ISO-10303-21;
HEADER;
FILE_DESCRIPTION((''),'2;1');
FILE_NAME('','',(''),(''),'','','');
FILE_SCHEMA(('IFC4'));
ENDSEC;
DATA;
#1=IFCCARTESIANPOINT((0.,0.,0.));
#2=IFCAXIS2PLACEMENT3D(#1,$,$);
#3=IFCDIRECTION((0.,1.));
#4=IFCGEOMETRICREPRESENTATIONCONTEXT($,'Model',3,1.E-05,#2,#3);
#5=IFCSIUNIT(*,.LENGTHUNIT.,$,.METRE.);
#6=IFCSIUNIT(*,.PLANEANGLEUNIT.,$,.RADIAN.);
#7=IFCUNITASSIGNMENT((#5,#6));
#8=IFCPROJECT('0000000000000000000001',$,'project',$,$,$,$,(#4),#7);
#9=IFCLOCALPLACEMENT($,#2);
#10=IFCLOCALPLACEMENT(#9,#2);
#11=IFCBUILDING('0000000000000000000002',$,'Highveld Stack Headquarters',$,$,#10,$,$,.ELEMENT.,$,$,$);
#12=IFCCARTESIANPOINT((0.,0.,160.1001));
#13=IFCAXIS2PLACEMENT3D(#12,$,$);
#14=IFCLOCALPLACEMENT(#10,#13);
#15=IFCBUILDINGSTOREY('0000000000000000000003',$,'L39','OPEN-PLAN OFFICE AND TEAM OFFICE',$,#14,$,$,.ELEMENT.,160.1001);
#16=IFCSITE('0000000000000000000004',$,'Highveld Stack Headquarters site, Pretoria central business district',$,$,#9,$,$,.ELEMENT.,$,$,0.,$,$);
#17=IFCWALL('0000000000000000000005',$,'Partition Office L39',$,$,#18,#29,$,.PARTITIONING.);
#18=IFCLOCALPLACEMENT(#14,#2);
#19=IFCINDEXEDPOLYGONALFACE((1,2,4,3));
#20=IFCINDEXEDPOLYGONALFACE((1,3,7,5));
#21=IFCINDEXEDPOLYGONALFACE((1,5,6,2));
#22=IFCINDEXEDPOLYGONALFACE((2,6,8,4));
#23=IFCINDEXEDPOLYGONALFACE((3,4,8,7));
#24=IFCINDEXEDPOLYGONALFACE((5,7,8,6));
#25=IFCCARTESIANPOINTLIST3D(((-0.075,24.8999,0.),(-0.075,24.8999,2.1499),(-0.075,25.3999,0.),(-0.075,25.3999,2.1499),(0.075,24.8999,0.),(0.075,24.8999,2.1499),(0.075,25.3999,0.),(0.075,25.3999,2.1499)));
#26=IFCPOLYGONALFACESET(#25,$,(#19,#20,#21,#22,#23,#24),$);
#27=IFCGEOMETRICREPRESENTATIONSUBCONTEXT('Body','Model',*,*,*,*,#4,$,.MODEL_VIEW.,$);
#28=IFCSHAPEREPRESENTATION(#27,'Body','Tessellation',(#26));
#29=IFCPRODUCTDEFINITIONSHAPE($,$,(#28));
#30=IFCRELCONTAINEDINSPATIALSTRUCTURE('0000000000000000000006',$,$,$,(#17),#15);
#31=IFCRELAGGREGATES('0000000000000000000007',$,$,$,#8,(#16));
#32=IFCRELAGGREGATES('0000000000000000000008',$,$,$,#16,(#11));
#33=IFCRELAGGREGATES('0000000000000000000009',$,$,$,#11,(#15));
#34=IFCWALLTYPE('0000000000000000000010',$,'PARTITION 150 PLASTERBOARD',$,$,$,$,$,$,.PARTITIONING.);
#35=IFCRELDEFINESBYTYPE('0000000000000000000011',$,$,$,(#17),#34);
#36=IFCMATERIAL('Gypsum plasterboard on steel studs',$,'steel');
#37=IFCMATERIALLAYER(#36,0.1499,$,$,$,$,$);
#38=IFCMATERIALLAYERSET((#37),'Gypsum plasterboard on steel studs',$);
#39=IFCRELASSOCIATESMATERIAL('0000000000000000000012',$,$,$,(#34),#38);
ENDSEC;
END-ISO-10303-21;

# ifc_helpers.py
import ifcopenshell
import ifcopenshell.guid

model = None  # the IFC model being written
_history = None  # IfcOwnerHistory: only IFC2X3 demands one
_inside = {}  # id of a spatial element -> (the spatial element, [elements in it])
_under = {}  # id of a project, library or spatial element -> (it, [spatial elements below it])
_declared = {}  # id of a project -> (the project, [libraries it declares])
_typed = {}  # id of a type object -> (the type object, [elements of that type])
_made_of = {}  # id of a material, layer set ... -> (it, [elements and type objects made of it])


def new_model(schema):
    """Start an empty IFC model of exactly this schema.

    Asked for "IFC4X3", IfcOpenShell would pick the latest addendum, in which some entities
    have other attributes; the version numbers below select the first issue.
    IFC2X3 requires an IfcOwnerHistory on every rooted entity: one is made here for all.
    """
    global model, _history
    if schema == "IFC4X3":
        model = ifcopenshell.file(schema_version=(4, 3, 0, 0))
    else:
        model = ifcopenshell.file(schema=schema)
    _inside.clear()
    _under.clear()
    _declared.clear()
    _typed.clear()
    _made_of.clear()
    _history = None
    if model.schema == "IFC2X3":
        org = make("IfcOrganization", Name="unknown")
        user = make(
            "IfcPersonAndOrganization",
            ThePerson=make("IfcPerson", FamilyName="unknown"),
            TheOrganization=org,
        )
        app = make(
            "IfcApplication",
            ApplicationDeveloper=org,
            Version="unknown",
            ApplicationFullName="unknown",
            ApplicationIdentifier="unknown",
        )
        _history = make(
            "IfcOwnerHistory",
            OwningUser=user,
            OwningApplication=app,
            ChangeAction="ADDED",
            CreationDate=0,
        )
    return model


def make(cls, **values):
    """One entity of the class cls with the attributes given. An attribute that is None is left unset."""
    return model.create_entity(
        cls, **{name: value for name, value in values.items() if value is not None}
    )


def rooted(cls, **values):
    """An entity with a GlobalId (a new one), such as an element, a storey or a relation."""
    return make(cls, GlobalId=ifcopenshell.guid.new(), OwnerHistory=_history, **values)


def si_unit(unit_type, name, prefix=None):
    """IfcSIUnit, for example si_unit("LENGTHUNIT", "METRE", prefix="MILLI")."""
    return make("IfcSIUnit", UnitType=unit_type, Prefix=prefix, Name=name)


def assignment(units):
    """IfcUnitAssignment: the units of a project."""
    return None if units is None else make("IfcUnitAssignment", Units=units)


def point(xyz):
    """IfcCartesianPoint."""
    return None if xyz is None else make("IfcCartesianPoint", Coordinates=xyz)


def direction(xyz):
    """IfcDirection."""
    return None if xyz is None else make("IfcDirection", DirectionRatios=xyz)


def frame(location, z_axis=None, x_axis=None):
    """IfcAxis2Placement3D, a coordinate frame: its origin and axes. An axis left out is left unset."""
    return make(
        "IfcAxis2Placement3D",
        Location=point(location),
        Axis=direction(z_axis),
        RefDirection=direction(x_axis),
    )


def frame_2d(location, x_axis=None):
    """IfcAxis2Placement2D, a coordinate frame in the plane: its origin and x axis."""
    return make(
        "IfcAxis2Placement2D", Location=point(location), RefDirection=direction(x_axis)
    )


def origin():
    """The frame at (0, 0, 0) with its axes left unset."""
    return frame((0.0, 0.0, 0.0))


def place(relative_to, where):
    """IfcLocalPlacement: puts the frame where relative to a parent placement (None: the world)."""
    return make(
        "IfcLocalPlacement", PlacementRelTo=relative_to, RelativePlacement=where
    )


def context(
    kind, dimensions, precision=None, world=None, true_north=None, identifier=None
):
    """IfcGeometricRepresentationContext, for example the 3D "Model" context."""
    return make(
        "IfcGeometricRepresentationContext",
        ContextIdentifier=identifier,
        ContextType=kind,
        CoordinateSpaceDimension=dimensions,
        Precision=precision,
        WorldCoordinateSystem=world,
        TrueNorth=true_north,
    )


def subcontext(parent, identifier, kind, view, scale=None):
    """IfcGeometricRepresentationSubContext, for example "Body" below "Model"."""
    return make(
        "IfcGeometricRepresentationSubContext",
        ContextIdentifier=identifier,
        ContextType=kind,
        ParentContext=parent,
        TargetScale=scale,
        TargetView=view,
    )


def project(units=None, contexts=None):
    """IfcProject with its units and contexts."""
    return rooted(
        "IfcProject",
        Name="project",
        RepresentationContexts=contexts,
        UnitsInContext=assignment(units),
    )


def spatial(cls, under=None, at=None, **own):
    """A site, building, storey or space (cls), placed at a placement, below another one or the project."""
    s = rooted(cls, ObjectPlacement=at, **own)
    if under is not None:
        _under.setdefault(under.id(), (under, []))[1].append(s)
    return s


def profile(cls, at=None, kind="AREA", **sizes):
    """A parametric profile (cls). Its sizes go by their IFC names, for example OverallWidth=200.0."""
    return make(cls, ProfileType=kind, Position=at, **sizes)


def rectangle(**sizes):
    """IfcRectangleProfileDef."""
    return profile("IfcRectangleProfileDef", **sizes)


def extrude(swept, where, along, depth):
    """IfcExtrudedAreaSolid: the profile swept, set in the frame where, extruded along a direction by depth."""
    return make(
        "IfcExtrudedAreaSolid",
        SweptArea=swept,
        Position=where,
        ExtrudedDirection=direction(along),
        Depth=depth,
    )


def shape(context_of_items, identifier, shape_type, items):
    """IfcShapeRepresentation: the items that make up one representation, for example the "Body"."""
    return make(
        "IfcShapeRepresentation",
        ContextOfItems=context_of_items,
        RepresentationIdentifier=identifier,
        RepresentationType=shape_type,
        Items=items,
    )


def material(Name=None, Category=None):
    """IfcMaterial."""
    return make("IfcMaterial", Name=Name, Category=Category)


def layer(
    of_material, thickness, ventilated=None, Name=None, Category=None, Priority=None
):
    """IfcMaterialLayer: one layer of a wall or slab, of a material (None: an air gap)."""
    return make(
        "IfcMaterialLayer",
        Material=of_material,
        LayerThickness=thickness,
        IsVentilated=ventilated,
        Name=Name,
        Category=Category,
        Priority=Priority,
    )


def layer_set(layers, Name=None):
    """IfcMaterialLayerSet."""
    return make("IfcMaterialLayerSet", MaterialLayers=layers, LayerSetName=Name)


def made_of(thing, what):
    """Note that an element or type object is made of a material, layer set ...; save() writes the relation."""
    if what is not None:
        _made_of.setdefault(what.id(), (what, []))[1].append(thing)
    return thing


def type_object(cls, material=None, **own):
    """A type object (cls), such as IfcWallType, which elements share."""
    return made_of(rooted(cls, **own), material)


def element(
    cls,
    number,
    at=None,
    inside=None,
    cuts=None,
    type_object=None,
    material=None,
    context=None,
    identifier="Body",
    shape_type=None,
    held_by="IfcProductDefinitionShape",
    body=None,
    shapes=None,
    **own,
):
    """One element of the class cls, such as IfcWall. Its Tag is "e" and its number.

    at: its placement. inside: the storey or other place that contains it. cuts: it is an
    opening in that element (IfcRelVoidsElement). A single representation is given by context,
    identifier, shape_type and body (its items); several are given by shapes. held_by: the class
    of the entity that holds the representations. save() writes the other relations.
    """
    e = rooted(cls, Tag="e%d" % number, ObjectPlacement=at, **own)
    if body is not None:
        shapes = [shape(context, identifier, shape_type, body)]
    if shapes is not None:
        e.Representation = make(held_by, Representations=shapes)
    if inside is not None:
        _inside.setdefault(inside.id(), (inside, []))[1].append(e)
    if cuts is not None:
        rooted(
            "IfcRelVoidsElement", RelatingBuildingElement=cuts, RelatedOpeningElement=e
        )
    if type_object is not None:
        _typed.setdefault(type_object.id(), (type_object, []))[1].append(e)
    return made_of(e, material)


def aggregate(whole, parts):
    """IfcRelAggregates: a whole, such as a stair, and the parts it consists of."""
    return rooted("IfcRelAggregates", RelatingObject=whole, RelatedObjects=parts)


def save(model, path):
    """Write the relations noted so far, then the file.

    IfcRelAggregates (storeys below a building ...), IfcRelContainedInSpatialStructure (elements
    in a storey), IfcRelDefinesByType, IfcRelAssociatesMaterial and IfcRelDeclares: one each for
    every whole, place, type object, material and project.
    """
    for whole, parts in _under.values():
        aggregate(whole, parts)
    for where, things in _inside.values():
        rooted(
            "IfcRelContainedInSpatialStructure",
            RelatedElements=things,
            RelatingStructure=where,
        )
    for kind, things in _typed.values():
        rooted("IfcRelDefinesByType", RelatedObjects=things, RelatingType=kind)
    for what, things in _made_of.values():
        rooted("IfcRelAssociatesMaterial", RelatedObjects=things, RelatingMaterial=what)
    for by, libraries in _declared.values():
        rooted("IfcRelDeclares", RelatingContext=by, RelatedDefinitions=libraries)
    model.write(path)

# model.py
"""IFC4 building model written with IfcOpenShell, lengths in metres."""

from ifc_helpers import new_model, si_unit, direction, frame, frame_2d, origin, place, context, subcontext, project, spatial, rectangle, extrude, material, layer, layer_set, type_object, element, save


model = new_model("IFC4")

# Units and contexts
model_context = context("Model", 3, precision=1e-05, world=origin(), true_north=direction((0.0, 1.0)))
body_context = subcontext(model_context, "Body", "Model", "MODEL_VIEW")
ifc_project = project(units=[si_unit("LENGTHUNIT", "METRE"), si_unit("PLANEANGLEUNIT", "RADIAN")], contexts=[model_context])

# Site, building, storey
site_placement = place(None, origin())
site = spatial("IfcSite", under=ifc_project, at=site_placement, Name="Highveld Stack Headquarters site, Pretoria central business district", CompositionType="ELEMENT", RefElevation=0.0)
building_placement = place(site_placement, origin())
building = spatial("IfcBuilding", under=site, at=building_placement, Name="Highveld Stack Headquarters", CompositionType="ELEMENT")
storey_placement = place(building_placement, frame((0.0, 0.0, 160.1001)))
storey = spatial("IfcBuildingStorey", under=building, at=storey_placement, Name="L39", Description="OPEN-PLAN OFFICE AND TEAM OFFICE", CompositionType="ELEMENT", Elevation=160.1001)

# Wall
ifc_material_1 = material(Name="Gypsum plasterboard on steel studs", Category="steel")
ifc_layer_1 = layer(ifc_material_1, 0.1499)
ifc_layer_set_1 = layer_set([ifc_layer_1], Name="Gypsum plasterboard on steel studs")
wall_type = type_object("IfcWallType", Name="PARTITION 150 PLASTERBOARD", PredefinedType="PARTITIONING", material=ifc_layer_set_1)
wall_placement = place(storey_placement, frame((0.0, 24.8999, 0.0), z_axis=(0.0, 0.0, 1.0), x_axis=(0.0, 1.0, 0.0)))
element("IfcWall", 1, at=wall_placement, inside=storey, type_object=wall_type, Name="Partition Office L39", PredefinedType="PARTITIONING", context=body_context, shape_type="SweptSolid", body=[
    extrude(rectangle(XDim=0.5, YDim=0.1499, at=frame_2d((0.25, 0.0))), origin(), (0.0, 0.0, 1.0), 2.1499),
])

save(model, "model.ifc")
